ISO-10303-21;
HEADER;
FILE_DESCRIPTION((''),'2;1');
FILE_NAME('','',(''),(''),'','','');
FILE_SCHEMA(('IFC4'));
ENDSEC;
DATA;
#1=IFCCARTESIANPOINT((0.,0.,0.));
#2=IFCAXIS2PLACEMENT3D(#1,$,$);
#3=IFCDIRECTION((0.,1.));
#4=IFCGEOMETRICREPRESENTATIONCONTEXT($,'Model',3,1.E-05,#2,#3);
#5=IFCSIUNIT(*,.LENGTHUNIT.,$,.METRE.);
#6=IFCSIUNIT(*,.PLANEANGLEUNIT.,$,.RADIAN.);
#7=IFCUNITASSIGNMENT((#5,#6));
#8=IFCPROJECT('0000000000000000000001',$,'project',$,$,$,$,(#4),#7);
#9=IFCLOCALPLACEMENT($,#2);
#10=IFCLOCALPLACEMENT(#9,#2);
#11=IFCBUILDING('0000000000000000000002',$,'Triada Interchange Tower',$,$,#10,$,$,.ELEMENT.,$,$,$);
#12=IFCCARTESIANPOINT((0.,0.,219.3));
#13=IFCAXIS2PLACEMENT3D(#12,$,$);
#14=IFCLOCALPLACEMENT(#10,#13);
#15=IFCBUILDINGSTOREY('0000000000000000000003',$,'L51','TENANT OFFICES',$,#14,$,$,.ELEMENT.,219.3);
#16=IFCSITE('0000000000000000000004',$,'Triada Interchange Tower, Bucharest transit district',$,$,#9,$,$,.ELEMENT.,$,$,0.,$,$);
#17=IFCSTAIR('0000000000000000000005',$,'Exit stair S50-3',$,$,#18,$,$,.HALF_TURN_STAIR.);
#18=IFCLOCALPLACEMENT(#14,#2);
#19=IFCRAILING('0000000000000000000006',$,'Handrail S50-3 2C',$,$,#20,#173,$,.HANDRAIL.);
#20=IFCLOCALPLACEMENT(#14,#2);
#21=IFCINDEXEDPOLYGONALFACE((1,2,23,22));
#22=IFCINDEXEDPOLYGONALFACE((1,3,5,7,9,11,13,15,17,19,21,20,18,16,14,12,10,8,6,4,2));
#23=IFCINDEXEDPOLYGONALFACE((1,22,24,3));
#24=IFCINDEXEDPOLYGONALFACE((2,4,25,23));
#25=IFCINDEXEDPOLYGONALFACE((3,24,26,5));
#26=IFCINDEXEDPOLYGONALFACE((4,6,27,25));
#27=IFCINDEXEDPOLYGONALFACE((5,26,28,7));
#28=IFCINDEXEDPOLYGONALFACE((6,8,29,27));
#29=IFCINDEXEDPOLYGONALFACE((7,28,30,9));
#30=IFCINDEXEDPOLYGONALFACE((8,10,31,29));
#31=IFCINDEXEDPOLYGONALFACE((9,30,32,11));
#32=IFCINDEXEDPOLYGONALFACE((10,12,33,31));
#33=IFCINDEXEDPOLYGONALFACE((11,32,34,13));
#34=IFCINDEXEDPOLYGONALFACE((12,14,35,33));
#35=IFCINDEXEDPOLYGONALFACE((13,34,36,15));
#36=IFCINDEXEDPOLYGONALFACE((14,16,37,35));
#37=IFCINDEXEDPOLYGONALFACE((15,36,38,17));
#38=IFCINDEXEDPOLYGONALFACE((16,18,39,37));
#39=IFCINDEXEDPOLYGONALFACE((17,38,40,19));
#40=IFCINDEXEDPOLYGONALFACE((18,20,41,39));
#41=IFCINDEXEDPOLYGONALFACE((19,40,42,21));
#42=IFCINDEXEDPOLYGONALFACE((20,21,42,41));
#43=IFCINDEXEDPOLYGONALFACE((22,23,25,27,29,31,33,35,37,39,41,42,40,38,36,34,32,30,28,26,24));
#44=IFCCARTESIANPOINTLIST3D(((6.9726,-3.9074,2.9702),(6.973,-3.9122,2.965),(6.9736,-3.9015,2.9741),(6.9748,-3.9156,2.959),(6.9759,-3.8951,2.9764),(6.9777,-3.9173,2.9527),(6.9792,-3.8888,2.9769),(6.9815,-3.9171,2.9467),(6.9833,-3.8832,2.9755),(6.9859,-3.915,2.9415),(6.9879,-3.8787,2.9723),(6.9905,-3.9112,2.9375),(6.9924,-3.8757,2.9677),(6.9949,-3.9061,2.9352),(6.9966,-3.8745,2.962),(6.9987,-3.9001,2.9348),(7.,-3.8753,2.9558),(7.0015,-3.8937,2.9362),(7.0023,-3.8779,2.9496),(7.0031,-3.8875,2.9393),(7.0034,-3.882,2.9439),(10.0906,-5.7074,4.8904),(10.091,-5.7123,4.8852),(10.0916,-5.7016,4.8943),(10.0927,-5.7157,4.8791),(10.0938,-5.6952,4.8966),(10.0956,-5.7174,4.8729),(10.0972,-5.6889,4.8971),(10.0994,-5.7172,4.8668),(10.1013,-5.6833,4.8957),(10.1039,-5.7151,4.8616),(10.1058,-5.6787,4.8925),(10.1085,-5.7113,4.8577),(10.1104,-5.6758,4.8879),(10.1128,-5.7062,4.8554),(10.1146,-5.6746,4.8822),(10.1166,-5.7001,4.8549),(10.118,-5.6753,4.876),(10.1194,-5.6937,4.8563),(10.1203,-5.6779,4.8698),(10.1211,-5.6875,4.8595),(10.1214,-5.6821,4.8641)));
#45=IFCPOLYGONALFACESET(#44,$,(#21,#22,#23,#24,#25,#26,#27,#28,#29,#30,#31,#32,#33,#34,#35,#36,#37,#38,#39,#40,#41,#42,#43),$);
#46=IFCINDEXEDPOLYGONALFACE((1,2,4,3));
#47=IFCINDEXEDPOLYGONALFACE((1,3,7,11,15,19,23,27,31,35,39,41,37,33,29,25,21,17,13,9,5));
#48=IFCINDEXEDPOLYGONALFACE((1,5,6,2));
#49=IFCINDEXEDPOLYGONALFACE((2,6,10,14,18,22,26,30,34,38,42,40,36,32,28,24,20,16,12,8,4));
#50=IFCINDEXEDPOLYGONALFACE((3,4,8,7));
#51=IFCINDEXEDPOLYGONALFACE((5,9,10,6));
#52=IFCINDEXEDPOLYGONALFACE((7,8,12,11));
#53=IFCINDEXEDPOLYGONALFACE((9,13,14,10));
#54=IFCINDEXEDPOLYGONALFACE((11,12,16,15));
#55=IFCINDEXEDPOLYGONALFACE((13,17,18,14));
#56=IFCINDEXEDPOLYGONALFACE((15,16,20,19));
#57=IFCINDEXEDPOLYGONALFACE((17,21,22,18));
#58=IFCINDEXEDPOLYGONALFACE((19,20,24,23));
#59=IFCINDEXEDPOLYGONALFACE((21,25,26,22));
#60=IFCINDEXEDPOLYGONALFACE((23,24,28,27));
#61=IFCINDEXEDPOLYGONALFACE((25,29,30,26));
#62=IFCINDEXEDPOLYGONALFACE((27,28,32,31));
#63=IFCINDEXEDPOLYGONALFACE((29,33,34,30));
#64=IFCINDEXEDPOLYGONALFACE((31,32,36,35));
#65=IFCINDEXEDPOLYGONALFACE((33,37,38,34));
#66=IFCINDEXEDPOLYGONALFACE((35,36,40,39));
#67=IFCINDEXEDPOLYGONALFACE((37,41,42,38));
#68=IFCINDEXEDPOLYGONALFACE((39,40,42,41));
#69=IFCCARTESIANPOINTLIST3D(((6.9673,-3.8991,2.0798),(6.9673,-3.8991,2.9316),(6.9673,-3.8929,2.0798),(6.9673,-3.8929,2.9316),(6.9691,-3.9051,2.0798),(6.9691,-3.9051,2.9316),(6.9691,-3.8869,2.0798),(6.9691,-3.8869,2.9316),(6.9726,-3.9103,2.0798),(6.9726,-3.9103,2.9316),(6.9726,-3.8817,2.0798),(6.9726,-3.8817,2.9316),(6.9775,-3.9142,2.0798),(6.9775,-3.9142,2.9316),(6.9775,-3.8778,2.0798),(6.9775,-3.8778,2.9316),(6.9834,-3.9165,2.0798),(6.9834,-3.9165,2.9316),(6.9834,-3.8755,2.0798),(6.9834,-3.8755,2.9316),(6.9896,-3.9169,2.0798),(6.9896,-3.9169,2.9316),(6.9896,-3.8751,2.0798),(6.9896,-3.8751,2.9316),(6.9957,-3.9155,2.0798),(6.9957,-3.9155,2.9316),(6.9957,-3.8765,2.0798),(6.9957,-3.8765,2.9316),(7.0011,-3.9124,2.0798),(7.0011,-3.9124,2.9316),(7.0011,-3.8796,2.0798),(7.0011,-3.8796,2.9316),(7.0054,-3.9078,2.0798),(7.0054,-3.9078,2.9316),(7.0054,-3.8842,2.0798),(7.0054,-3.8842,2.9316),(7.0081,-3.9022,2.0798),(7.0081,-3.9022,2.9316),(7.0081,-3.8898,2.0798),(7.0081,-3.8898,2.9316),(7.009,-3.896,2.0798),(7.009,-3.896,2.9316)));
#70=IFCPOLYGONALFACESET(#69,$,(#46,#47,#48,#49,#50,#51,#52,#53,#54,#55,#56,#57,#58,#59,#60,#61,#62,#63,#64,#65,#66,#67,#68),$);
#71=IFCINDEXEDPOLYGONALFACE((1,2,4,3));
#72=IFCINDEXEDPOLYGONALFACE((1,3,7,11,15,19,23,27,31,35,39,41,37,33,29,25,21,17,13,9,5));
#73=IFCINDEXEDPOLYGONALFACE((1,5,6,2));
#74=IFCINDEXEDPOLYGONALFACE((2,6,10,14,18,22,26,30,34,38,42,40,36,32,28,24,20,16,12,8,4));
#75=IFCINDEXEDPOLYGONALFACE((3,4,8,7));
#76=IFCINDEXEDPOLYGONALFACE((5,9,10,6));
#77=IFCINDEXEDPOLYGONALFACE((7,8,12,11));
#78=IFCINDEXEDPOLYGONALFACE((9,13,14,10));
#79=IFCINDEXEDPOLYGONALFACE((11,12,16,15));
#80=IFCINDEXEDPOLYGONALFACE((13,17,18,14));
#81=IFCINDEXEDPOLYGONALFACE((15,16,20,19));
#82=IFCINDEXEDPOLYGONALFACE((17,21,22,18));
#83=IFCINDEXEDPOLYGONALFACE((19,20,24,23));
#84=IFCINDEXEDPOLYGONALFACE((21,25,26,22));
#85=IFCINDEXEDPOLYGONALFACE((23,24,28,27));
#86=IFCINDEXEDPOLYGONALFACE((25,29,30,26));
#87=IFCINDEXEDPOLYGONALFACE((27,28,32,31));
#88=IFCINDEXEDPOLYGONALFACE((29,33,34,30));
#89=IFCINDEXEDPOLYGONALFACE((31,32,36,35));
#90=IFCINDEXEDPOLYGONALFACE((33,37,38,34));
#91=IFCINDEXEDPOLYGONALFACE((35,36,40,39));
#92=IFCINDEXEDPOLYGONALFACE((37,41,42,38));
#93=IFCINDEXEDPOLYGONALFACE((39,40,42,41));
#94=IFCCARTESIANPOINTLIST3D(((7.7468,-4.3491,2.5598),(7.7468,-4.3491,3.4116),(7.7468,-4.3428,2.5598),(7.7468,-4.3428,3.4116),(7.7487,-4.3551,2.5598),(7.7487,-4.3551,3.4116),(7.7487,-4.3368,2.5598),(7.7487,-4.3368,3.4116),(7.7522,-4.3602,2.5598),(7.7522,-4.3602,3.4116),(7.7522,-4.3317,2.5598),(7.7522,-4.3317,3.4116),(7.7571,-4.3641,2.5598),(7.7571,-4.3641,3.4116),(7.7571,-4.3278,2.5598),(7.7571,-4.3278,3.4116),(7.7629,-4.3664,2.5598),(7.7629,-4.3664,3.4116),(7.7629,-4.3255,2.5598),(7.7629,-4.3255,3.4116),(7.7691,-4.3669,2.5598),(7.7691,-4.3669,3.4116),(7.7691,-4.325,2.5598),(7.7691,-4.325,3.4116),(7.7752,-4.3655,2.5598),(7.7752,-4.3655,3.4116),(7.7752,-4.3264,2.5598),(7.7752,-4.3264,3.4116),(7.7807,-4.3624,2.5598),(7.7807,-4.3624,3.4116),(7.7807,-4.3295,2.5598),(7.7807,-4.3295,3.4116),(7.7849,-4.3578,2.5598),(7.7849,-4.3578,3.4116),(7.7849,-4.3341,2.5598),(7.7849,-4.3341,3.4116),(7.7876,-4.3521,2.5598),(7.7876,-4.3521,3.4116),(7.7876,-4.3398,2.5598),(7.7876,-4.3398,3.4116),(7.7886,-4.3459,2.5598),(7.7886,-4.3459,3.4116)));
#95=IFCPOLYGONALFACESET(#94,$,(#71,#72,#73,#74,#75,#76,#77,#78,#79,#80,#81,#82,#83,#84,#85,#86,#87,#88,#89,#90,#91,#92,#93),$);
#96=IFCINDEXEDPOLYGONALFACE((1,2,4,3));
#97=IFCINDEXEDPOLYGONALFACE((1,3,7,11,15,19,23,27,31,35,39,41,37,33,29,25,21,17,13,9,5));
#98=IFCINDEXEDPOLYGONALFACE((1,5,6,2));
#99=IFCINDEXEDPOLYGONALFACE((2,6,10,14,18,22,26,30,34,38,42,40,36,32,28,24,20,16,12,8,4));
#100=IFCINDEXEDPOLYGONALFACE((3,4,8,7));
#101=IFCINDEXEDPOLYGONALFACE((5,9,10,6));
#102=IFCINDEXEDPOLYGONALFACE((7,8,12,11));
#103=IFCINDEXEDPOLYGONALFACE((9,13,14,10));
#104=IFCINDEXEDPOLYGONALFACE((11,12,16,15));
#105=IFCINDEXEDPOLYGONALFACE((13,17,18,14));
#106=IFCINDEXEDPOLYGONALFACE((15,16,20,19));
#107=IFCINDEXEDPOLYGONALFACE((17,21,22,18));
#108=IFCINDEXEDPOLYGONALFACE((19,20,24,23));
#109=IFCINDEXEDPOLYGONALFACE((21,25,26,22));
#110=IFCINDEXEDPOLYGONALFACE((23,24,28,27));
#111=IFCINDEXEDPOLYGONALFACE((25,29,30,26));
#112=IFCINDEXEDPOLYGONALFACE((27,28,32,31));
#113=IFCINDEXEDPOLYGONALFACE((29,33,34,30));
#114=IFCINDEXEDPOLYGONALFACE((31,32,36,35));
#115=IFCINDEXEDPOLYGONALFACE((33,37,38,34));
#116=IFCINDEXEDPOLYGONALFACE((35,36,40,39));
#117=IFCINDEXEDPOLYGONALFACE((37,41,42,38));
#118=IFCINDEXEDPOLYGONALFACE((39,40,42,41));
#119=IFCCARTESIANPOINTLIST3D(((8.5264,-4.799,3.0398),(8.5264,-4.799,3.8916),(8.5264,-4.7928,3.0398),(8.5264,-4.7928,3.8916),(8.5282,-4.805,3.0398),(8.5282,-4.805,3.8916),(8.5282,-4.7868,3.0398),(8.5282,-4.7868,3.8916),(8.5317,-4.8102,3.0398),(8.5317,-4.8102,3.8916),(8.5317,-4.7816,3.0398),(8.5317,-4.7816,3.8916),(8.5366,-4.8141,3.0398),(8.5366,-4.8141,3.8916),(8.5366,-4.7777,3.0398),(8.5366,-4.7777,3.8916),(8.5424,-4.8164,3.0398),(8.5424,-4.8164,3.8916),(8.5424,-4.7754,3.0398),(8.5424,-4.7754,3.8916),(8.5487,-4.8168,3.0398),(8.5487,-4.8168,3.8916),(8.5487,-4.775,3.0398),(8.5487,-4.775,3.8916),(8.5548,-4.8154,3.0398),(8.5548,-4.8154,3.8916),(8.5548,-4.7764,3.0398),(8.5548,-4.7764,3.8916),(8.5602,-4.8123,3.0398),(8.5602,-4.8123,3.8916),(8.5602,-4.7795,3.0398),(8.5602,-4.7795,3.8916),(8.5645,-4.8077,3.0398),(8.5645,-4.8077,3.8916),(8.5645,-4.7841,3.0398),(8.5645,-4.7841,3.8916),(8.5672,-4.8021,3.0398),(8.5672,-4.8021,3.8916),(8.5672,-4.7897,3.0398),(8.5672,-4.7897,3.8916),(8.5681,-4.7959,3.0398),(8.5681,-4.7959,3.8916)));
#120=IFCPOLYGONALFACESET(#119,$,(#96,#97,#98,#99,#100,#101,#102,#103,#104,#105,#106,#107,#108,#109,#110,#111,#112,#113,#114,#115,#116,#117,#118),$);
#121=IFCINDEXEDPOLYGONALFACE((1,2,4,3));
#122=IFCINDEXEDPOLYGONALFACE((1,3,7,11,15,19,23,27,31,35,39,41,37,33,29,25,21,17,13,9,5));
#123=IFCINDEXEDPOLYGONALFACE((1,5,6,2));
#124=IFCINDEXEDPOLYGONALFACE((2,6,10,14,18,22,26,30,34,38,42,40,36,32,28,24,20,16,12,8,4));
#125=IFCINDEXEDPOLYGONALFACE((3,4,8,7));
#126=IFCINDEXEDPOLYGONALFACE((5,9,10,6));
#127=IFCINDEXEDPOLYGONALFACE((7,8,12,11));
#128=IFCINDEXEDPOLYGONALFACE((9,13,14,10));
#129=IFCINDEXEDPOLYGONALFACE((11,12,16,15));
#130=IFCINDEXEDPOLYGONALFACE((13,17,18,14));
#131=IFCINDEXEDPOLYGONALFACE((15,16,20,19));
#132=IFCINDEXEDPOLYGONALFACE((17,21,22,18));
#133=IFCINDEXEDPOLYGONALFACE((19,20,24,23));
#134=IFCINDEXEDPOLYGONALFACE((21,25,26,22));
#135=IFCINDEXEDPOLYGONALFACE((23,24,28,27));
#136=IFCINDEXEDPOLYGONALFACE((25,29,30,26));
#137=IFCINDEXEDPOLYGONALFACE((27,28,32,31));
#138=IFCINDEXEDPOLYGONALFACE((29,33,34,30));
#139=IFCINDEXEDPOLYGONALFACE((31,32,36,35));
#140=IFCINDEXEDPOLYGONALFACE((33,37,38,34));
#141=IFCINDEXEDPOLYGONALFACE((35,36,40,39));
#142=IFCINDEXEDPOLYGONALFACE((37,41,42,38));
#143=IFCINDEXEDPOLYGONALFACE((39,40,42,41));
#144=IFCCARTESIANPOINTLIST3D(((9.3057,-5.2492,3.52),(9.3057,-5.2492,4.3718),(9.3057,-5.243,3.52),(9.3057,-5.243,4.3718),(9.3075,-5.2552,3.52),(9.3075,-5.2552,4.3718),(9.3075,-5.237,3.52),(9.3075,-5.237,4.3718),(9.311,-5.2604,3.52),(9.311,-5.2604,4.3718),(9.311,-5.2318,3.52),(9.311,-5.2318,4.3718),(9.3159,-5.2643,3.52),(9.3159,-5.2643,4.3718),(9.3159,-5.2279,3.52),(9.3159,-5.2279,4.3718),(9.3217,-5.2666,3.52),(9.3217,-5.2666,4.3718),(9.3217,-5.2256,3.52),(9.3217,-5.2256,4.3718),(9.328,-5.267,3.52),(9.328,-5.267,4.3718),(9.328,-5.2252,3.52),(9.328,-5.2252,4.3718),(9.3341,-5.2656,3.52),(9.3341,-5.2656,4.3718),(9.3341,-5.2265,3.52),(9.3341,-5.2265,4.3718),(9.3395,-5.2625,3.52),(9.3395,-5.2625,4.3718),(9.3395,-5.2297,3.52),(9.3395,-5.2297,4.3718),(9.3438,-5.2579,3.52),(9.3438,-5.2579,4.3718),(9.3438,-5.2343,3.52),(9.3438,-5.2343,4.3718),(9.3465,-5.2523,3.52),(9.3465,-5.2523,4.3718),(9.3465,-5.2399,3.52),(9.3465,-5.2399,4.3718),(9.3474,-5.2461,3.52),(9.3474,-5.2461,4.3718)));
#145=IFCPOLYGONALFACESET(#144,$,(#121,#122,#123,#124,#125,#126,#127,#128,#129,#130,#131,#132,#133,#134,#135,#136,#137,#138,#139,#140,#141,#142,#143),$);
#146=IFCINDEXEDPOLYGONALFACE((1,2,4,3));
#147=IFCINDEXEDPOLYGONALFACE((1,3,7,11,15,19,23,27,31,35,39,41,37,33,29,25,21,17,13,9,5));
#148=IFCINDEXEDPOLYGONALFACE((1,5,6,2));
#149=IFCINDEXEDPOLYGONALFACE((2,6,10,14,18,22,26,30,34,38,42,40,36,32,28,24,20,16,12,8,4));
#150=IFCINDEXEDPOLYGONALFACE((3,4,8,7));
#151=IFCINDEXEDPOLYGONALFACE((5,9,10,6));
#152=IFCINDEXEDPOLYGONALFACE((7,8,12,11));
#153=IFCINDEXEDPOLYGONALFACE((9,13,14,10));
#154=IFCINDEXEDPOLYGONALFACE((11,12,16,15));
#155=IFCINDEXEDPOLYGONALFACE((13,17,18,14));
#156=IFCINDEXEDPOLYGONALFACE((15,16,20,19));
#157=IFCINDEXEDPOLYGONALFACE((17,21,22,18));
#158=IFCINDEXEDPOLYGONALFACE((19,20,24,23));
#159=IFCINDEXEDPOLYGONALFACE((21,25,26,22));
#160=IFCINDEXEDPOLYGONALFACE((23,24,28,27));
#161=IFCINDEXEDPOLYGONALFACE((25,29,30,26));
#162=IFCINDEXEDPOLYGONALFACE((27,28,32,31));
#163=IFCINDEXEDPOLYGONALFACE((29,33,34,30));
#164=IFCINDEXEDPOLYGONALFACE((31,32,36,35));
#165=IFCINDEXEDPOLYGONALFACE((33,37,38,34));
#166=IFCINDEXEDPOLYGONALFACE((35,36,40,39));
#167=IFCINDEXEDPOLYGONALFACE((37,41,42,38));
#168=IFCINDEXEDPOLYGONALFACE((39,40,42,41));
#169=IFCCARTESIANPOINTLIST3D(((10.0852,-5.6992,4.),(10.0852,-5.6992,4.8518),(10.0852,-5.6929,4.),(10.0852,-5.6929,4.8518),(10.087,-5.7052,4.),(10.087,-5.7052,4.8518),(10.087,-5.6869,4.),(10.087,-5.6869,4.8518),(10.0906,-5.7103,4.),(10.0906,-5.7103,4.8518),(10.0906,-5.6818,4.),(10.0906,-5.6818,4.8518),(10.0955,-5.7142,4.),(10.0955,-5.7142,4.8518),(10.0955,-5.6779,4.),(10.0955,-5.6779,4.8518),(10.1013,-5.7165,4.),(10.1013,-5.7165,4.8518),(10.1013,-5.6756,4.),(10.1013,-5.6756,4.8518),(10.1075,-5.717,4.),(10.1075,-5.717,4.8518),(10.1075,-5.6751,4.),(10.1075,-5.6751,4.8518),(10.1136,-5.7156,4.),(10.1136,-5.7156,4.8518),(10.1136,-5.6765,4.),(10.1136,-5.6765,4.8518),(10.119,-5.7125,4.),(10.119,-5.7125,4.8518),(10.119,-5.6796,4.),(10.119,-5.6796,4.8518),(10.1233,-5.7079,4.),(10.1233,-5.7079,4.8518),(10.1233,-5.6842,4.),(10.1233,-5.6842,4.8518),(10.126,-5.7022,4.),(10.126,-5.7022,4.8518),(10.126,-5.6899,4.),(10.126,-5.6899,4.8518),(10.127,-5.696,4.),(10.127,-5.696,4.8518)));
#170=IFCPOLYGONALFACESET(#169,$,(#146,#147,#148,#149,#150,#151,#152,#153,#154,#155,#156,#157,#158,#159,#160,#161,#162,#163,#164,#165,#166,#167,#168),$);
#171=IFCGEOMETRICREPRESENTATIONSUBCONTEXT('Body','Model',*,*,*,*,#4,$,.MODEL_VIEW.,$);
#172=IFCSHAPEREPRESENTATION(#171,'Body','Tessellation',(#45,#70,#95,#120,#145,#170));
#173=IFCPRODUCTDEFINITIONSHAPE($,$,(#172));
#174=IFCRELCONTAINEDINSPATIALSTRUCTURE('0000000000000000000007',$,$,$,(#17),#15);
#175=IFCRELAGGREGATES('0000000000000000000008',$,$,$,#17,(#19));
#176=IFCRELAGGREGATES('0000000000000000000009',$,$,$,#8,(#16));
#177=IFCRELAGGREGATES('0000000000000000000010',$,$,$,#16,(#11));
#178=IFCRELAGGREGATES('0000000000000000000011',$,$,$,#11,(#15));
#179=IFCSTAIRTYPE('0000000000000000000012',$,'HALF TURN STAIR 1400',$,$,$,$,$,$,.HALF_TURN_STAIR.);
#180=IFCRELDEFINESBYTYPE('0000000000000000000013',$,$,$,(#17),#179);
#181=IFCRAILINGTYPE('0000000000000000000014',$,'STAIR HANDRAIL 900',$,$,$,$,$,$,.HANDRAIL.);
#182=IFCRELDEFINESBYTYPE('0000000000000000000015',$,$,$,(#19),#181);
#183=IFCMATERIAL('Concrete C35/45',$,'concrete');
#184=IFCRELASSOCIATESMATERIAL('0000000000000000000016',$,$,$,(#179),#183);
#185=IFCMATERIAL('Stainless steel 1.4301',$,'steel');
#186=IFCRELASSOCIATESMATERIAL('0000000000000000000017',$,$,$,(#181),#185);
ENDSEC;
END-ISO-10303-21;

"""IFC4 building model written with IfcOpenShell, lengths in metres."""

from ifc_helpers import new_model, si_unit, direction, frame, origin, origin_2d, place, context, subcontext, project, spatial, circle, extrude, material, type_object, element, aggregate, save


model = new_model("IFC4")

# Units and contexts
model_context = context("Model", 3, precision=1e-05, world=origin(), true_north=direction((0.0, 1.0)))
body_context = subcontext(model_context, "Body", "Model", "MODEL_VIEW")
ifc_project = project(units=[si_unit("LENGTHUNIT", "METRE"), si_unit("PLANEANGLEUNIT", "RADIAN")], contexts=[model_context])

# Site, building, storey
site_placement = place(None, origin())
site = spatial("IfcSite", under=ifc_project, at=site_placement, Name="Triada Interchange Tower, Bucharest transit district", CompositionType="ELEMENT", RefElevation=0.0)
building_placement = place(site_placement, origin())
building = spatial("IfcBuilding", under=site, at=building_placement, Name="Triada Interchange Tower", CompositionType="ELEMENT")
storey_placement = place(building_placement, frame((0.0, 0.0, 219.3)))
storey = spatial("IfcBuildingStorey", under=building, at=storey_placement, Name="L51", Description="TENANT OFFICES", CompositionType="ELEMENT", Elevation=219.3)

# Stair, railing
ifc_material_1 = material(Name="Concrete C35/45", Category="concrete")
stair_type = type_object("IfcStairType", Name="HALF TURN STAIR 1400", PredefinedType="HALF_TURN_STAIR", material=ifc_material_1)
stair_placement = place(storey_placement, origin())
stair = element("IfcStair", 1, at=stair_placement, inside=storey, type_object=stair_type, Name="Exit stair S50-3", PredefinedType="HALF_TURN_STAIR")
ifc_material_2 = material(Name="Stainless steel 1.4301", Category="steel")
railing_type = type_object("IfcRailingType", Name="STAIR HANDRAIL 900", PredefinedType="HANDRAIL", material=ifc_material_2)
railing_1_placement = place(storey_placement, frame((6.988, -3.896, 2.0798)))
railing_1 = element("IfcRailing", 2, at=railing_1_placement, type_object=railing_type, Name="Handrail S50-3 2C", PredefinedType="HANDRAIL", context=body_context, shape_type="SweptSolid", body=[
    extrude(circle(Radius=0.0239, at=origin_2d()), frame((0.0, 0.0, 0.876), z_axis=(0.764145, -0.441159, 0.470597), x_axis=(0.499983, 0.866035, 0.0)), (0.0, 0.0, 1.0), 4.0803),
    extrude(circle(Radius=0.021, at=origin_2d()), origin(), (0.0, 0.0, 1.0), 0.8518),
    extrude(circle(Radius=0.021, at=origin_2d()), frame((0.7795, -0.45, 0.48)), (0.0, 0.0, 1.0), 0.8518),
    extrude(circle(Radius=0.021, at=origin_2d()), frame((1.5591, -0.8999, 0.96)), (0.0, 0.0, 1.0), 0.8518),
    extrude(circle(Radius=0.021, at=origin_2d()), frame((2.3384, -1.3501, 1.4402)), (0.0, 0.0, 1.0), 0.8518),
    extrude(circle(Radius=0.021, at=origin_2d()), frame((3.1179, -1.8, 1.9202)), (0.0, 0.0, 1.0), 0.8518),
])
aggregate(stair, [railing_1])

save(model, "model.ifc")
